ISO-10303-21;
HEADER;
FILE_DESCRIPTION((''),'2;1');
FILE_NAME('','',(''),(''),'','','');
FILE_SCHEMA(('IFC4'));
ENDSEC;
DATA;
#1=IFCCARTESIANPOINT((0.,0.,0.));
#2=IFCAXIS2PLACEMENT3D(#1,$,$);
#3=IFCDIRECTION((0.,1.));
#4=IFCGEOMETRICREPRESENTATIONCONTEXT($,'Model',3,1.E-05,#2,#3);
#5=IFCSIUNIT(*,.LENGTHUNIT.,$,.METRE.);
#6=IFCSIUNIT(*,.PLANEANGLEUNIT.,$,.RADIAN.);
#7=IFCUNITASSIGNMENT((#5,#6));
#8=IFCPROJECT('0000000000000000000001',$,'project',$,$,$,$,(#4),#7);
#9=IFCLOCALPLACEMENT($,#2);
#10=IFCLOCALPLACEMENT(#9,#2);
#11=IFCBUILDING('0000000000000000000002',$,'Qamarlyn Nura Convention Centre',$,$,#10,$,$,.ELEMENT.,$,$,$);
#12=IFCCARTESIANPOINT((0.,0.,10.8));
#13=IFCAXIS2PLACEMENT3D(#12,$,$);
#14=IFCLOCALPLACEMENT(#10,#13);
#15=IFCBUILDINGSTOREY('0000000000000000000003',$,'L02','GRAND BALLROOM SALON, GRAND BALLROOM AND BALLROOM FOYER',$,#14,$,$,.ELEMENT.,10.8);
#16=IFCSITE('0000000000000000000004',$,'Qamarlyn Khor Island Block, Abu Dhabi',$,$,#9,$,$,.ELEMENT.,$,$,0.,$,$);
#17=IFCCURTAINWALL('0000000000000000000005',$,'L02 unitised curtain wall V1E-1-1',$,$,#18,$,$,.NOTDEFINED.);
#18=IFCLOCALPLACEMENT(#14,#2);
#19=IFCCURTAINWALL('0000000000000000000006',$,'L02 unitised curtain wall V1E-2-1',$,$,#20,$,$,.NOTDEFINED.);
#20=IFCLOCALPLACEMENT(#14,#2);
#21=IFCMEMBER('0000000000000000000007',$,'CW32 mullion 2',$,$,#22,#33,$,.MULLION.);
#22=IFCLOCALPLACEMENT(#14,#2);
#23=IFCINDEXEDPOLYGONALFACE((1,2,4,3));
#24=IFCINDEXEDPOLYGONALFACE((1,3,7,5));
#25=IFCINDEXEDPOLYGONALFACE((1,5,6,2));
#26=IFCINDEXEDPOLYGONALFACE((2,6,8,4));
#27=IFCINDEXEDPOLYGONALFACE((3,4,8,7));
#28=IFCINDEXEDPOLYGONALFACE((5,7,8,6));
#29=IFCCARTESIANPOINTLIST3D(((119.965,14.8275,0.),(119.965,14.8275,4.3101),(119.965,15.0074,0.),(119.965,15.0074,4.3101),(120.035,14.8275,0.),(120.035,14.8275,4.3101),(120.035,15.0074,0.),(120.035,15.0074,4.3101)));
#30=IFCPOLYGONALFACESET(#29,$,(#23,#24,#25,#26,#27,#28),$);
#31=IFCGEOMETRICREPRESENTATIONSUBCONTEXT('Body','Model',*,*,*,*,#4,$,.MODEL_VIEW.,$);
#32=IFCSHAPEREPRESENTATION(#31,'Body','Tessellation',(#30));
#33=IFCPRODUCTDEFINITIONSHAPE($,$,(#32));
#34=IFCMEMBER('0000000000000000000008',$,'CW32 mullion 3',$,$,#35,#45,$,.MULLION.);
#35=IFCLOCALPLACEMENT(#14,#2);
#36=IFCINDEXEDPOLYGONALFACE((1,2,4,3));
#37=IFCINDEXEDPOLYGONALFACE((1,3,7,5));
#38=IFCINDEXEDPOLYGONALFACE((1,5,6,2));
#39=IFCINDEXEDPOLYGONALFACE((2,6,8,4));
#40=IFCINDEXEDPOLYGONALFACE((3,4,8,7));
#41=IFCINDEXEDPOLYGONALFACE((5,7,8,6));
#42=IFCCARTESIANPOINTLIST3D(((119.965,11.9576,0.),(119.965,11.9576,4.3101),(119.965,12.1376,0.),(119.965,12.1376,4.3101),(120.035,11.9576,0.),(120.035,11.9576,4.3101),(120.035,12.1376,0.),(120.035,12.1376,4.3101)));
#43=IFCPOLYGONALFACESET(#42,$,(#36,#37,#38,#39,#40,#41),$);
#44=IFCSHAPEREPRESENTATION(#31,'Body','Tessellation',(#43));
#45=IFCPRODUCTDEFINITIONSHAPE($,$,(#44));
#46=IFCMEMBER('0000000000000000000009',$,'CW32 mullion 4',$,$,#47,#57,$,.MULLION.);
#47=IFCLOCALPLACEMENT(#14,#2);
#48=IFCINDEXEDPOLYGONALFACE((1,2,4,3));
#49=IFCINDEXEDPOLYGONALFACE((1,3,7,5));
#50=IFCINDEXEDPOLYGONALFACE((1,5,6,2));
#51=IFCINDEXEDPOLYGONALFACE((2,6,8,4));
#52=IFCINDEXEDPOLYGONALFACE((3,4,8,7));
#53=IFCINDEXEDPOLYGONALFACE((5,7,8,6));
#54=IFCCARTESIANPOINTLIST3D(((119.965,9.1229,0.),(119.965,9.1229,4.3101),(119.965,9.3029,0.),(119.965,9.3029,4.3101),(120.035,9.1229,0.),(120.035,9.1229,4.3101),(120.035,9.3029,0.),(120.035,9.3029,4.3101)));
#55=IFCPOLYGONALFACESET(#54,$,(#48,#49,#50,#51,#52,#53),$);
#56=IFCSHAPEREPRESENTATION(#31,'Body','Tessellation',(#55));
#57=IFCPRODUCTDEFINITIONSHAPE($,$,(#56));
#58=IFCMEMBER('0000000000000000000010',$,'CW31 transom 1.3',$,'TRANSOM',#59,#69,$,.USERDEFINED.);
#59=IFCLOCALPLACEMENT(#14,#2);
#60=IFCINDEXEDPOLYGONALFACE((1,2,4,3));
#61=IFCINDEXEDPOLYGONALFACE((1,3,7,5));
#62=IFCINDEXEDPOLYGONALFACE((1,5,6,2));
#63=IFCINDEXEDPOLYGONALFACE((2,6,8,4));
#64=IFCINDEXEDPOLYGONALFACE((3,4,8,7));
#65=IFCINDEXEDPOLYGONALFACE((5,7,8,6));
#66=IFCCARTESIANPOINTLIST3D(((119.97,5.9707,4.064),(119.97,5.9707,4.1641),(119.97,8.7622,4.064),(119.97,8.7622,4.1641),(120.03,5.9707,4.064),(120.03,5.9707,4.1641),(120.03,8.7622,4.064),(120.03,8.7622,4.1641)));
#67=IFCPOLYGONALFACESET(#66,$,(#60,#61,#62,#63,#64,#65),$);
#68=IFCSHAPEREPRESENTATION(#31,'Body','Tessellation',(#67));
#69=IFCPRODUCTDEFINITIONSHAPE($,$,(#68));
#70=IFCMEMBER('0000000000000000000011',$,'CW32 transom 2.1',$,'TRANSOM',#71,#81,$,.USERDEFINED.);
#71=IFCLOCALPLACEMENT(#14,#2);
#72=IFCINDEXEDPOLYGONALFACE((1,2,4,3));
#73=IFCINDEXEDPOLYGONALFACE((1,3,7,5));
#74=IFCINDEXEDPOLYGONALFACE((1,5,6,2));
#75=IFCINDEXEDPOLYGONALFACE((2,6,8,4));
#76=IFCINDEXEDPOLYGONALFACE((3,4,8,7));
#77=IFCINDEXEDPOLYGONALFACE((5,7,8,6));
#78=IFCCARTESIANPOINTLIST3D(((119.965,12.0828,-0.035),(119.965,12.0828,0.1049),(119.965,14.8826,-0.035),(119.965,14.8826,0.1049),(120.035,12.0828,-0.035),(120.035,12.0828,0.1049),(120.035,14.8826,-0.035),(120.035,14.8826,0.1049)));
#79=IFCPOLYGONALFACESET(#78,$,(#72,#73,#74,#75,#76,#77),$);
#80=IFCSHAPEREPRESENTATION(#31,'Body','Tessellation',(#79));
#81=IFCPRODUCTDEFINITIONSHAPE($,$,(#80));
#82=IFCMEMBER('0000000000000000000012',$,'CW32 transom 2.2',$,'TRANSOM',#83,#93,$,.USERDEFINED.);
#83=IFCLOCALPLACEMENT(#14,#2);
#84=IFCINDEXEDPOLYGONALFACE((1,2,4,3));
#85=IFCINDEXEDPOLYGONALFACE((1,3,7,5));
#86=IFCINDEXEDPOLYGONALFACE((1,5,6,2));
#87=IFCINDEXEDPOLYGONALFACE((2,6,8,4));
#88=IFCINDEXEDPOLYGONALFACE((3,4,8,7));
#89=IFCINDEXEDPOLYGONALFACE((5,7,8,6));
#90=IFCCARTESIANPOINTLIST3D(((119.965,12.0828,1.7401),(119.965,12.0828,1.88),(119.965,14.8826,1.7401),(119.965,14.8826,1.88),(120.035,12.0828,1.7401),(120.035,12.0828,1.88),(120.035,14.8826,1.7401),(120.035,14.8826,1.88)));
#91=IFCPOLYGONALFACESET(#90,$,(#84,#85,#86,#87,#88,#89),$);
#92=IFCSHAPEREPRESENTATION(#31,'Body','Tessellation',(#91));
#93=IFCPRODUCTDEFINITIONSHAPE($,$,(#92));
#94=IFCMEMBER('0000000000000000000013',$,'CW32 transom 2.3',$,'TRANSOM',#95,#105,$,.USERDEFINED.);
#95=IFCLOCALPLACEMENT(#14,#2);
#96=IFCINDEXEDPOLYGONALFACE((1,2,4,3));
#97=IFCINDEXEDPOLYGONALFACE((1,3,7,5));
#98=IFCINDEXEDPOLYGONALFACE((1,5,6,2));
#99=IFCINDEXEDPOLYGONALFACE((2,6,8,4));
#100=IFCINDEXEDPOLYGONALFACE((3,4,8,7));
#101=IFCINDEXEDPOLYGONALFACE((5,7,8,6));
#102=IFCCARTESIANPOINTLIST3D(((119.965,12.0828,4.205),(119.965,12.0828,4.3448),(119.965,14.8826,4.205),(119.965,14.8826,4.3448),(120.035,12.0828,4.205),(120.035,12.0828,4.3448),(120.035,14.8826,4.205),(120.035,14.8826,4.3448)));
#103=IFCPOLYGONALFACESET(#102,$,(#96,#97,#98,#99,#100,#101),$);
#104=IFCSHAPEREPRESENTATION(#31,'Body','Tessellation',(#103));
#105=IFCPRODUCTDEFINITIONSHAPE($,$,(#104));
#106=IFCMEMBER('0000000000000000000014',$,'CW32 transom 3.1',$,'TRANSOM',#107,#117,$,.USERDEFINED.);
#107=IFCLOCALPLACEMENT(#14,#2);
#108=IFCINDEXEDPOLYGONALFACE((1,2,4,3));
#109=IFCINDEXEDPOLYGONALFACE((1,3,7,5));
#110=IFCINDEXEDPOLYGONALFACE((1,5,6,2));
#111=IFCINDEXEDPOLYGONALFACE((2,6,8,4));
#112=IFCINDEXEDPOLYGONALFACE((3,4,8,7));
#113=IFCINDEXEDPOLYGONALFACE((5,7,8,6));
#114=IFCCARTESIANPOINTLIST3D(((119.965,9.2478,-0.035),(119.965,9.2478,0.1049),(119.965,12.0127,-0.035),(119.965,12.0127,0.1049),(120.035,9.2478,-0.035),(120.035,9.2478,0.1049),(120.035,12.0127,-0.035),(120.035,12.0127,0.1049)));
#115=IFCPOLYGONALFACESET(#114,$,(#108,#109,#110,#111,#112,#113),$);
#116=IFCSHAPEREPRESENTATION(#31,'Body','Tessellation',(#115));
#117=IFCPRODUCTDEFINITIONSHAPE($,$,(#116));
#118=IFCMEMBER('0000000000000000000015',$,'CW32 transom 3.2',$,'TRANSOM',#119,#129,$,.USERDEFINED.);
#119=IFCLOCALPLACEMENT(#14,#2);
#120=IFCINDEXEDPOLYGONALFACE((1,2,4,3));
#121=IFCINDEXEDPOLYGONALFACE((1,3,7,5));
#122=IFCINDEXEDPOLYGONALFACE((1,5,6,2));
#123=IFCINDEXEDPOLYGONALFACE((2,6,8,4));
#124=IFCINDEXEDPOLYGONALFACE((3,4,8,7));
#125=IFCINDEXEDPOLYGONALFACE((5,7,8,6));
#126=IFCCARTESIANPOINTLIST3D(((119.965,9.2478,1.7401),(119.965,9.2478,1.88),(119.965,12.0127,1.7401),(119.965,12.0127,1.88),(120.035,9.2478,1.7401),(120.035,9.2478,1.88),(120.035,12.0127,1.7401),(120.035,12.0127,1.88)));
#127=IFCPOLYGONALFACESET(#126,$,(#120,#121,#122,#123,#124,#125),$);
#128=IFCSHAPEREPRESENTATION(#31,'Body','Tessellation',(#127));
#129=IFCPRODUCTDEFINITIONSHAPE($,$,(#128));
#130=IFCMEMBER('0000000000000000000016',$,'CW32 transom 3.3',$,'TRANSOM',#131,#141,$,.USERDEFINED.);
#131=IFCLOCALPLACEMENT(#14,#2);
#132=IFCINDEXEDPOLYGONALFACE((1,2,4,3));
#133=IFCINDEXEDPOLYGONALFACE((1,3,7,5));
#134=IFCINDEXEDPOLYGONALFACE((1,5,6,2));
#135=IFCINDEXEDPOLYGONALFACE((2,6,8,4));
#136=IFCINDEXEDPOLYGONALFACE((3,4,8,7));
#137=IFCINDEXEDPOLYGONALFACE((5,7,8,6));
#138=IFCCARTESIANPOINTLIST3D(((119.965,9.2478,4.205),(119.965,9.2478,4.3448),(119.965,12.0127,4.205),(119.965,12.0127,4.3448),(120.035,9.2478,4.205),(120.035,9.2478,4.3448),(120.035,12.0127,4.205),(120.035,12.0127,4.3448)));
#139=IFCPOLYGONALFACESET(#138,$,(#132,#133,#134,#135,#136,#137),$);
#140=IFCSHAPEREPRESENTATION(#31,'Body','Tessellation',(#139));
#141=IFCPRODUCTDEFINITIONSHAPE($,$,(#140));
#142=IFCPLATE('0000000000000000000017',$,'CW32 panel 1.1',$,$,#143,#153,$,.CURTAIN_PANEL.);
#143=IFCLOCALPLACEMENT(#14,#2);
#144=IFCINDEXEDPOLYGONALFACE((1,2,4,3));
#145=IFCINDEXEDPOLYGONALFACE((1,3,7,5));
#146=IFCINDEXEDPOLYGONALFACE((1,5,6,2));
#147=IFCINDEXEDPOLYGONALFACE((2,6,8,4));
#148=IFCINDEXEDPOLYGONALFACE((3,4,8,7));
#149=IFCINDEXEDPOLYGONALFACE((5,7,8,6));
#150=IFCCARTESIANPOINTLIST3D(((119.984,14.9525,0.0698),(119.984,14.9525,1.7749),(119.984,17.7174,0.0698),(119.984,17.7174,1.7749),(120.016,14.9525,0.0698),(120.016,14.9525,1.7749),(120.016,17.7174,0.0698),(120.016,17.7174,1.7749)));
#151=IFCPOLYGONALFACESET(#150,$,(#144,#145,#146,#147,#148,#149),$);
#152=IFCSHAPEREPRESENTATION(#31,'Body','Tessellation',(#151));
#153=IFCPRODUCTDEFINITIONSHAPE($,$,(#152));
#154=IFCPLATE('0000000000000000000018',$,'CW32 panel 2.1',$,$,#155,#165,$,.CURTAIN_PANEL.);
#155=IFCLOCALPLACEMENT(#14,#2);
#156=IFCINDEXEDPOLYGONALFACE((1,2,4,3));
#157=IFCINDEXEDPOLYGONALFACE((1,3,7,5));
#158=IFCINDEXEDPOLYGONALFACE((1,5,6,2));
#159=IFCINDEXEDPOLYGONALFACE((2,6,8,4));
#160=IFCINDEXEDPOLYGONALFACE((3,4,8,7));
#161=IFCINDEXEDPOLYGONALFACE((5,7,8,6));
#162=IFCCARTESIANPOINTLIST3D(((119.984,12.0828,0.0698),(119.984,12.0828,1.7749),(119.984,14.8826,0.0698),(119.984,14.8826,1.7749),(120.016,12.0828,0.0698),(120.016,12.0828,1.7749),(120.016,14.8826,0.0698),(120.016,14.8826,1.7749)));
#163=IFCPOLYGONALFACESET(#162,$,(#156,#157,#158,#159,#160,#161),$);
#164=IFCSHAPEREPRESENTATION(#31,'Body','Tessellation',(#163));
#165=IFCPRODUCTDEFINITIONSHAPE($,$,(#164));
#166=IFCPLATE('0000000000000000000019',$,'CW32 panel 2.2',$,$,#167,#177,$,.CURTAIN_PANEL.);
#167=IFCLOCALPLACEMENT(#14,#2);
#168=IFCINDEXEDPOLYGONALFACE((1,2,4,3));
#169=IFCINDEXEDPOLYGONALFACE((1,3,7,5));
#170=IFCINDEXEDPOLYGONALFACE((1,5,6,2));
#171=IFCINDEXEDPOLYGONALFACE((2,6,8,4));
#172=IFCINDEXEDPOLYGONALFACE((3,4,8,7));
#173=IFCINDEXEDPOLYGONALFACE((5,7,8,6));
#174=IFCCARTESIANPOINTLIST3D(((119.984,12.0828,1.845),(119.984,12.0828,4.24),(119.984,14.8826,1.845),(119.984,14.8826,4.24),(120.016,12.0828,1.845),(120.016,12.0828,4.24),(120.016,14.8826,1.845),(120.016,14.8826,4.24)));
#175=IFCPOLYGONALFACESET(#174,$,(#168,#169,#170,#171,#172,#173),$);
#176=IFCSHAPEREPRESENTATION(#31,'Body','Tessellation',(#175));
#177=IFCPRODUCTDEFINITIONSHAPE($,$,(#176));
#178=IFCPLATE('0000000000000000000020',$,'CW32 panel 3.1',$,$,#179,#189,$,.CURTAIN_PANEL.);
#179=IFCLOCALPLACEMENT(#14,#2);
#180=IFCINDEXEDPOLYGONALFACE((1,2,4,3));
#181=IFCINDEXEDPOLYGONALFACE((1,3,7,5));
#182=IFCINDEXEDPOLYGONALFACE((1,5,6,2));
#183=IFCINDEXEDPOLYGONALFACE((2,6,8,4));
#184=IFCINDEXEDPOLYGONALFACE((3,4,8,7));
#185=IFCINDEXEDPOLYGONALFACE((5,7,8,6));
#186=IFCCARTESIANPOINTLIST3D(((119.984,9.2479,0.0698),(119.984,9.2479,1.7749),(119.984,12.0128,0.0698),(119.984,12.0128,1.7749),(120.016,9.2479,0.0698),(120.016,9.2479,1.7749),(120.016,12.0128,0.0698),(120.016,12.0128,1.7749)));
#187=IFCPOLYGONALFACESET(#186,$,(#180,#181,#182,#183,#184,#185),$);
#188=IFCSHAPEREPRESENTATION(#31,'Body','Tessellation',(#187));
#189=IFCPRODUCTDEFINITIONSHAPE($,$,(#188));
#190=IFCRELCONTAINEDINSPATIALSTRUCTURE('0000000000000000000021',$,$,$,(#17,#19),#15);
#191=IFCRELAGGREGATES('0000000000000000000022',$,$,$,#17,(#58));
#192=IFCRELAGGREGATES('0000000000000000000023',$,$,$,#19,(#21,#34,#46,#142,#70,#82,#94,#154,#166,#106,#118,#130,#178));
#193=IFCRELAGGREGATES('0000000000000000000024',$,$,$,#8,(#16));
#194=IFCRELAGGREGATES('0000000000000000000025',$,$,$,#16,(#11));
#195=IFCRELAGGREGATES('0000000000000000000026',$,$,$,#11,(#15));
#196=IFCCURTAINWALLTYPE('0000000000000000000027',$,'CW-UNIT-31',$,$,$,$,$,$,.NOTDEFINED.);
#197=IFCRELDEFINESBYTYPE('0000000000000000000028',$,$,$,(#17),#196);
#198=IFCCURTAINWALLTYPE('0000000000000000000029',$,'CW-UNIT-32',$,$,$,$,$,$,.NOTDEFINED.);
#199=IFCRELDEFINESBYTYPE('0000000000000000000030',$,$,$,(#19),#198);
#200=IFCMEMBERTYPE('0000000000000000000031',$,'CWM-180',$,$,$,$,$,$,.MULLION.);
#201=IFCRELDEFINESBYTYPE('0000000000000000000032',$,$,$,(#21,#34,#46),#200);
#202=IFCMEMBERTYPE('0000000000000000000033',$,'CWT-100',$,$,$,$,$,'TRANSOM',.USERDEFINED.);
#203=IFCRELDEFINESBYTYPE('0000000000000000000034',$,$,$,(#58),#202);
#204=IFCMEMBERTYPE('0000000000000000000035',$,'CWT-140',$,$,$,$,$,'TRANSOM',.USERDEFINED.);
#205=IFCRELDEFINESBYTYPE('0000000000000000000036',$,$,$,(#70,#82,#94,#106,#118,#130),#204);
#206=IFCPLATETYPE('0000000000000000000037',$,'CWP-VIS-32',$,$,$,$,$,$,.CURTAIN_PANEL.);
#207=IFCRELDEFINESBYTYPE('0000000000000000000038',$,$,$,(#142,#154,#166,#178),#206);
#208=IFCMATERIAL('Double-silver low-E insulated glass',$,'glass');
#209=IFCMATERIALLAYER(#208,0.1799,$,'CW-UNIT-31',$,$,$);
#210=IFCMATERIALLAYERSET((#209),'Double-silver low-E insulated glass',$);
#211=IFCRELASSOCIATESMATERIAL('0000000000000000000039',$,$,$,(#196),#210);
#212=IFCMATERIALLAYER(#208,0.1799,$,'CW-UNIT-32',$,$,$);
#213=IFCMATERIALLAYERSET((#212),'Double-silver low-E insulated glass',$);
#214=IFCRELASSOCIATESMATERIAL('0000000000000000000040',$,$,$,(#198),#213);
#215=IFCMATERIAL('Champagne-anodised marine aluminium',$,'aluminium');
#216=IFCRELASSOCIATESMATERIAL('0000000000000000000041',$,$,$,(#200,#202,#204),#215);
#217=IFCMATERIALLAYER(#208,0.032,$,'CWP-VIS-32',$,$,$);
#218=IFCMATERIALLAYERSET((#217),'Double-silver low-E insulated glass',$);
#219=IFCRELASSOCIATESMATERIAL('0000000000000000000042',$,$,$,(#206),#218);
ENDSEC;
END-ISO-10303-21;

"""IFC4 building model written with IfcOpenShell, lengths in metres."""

from ifc_helpers import new_model, si_unit, direction, frame, origin, origin_2d, place, context, subcontext, project, spatial, rectangle, extrude, material, layer, layer_set, material_profile, profile_set, type_object, element, aggregate, save


model = new_model("IFC4")

# Units and contexts
model_context = context("Model", 3, precision=1e-05, world=origin(), true_north=direction((0.0, 1.0)))
body_context = subcontext(model_context, "Body", "Model", "MODEL_VIEW")
ifc_project = project(units=[si_unit("LENGTHUNIT", "METRE"), si_unit("PLANEANGLEUNIT", "RADIAN")], contexts=[model_context])

# Site, building, storey
site_placement = place(None, origin())
site = spatial("IfcSite", under=ifc_project, at=site_placement, Name="Qamarlyn Khor Island Block, Abu Dhabi", CompositionType="ELEMENT", RefElevation=0.0)
building_placement = place(site_placement, origin())
building = spatial("IfcBuilding", under=site, at=building_placement, Name="Qamarlyn Nura Convention Centre", CompositionType="ELEMENT")
storey_placement = place(building_placement, frame((0.0, 0.0, 10.8)))
storey = spatial("IfcBuildingStorey", under=building, at=storey_placement, Name="L02", Description="GRAND BALLROOM SALON, GRAND BALLROOM AND BALLROOM FOYER", CompositionType="ELEMENT", Elevation=10.8)

# Curtain wall
ifc_material_1 = material(Name="Double-silver low-E insulated glass", Category="glass")
ifc_layer_1 = layer(ifc_material_1, 0.1799, Name="CW-UNIT-31")
ifc_layer_set_1 = layer_set([ifc_layer_1], Name="Double-silver low-E insulated glass")
curtain_wall_type_1 = type_object("IfcCurtainWallType", Name="CW-UNIT-31", PredefinedType="NOTDEFINED", material=ifc_layer_set_1)
curtain_wall_1_placement = place(storey_placement, origin())
curtain_wall_1 = element("IfcCurtainWall", 1, at=curtain_wall_1_placement, inside=storey, type_object=curtain_wall_type_1, Name="L02 unitised curtain wall V1E-1-1", PredefinedType="NOTDEFINED")
ifc_material_2 = material(Name="Champagne-anodised marine aluminium", Category="aluminium")

# Curtain wall, members
ifc_layer_2 = layer(ifc_material_1, 0.1799, Name="CW-UNIT-32")
ifc_layer_set_2 = layer_set([ifc_layer_2], Name="Double-silver low-E insulated glass")
curtain_wall_type_2 = type_object("IfcCurtainWallType", Name="CW-UNIT-32", PredefinedType="NOTDEFINED", material=ifc_layer_set_2)
curtain_wall_2_placement = place(storey_placement, origin())
curtain_wall_2 = element("IfcCurtainWall", 2, at=curtain_wall_2_placement, inside=storey, type_object=curtain_wall_type_2, Name="L02 unitised curtain wall V1E-2-1", PredefinedType="NOTDEFINED")
ifc_material_profile_1 = material_profile(ifc_material_2, rectangle(XDim=0.0701, YDim=0.1799, at=origin_2d()), Name="ALU MULLION 70x180")
ifc_profile_set_1 = profile_set([ifc_material_profile_1], Name="Champagne-anodised marine aluminium")
member_type_1 = type_object("IfcMemberType", Name="CWM-180", PredefinedType="MULLION", material=ifc_profile_set_1)
member_1_placement = place(storey_placement, frame((120.0, 14.9175, 0.0), z_axis=(0.0, 0.0, 1.0), x_axis=(1.0, 0.0, 0.0)))
member_1 = element("IfcMember", 3, at=member_1_placement, type_object=member_type_1, Name="CW32 mullion 2", PredefinedType="MULLION", context=body_context, shape_type="SweptSolid", body=[
    extrude(rectangle(XDim=0.0701, YDim=0.1799, at=origin_2d()), origin(), (0.0, 0.0, 1.0), 4.3101),
])
member_2_placement = place(storey_placement, frame((120.0, 12.0476, 0.0), z_axis=(0.0, 0.0, 1.0), x_axis=(1.0, 0.0, 0.0)))
member_2 = element("IfcMember", 4, at=member_2_placement, type_object=member_type_1, Name="CW32 mullion 3", PredefinedType="MULLION", context=body_context, shape_type="SweptSolid", body=[
    extrude(rectangle(XDim=0.0701, YDim=0.1799, at=origin_2d()), origin(), (0.0, 0.0, 1.0), 4.3101),
])
member_3_placement = place(storey_placement, frame((120.0, 9.2129, 0.0), z_axis=(0.0, 0.0, 1.0), x_axis=(1.0, 0.0, 0.0)))
member_3 = element("IfcMember", 5, at=member_3_placement, type_object=member_type_1, Name="CW32 mullion 4", PredefinedType="MULLION", context=body_context, shape_type="SweptSolid", body=[
    extrude(rectangle(XDim=0.0701, YDim=0.1799, at=origin_2d()), origin(), (0.0, 0.0, 1.0), 4.3101),
])

# Members
ifc_material_profile_2 = material_profile(ifc_material_2, rectangle(XDim=0.0601, YDim=0.1001, at=origin_2d()), Name="ALU TRANSOM 60x100")
ifc_profile_set_2 = profile_set([ifc_material_profile_2], Name="Champagne-anodised marine aluminium")
member_type_2 = type_object("IfcMemberType", Name="CWT-100", ElementType="TRANSOM", PredefinedType="USERDEFINED", material=ifc_profile_set_2)
member_4_placement = place(storey_placement, frame((120.0, 8.7622, 4.114), z_axis=(0.0, -1.0, 0.0), x_axis=(1.0, 0.0, 0.0)))
member_4 = element("IfcMember", 6, at=member_4_placement, type_object=member_type_2, Name="CW31 transom 1.3", ObjectType="TRANSOM", PredefinedType="USERDEFINED", context=body_context, shape_type="SweptSolid", body=[
    extrude(rectangle(XDim=0.0601, YDim=0.1001, at=origin_2d()), origin(), (0.0, 0.0, 1.0), 2.7915),
])
aggregate(curtain_wall_1, [member_4])
ifc_material_profile_3 = material_profile(ifc_material_2, rectangle(XDim=0.0701, YDim=0.1399, at=origin_2d()), Name="ALU TRANSOM 70x140")
ifc_profile_set_3 = profile_set([ifc_material_profile_3], Name="Champagne-anodised marine aluminium")
member_type_3 = type_object("IfcMemberType", Name="CWT-140", ElementType="TRANSOM", PredefinedType="USERDEFINED", material=ifc_profile_set_3)
member_5_placement = place(storey_placement, frame((120.0, 14.8826, 0.0349), z_axis=(0.0, -1.0, 0.0), x_axis=(1.0, 0.0, 0.0)))
member_5 = element("IfcMember", 7, at=member_5_placement, type_object=member_type_3, Name="CW32 transom 2.1", ObjectType="TRANSOM", PredefinedType="USERDEFINED", context=body_context, shape_type="SweptSolid", body=[
    extrude(rectangle(XDim=0.0701, YDim=0.1399, at=origin_2d()), origin(), (0.0, 0.0, 1.0), 2.7998),
])
member_6_placement = place(storey_placement, frame((120.0, 14.8826, 1.8101), z_axis=(0.0, -1.0, 0.0), x_axis=(1.0, 0.0, 0.0)))
member_6 = element("IfcMember", 8, at=member_6_placement, type_object=member_type_3, Name="CW32 transom 2.2", ObjectType="TRANSOM", PredefinedType="USERDEFINED", context=body_context, shape_type="SweptSolid", body=[
    extrude(rectangle(XDim=0.0701, YDim=0.1399, at=origin_2d()), origin(), (0.0, 0.0, 1.0), 2.7998),
])
member_7_placement = place(storey_placement, frame((120.0, 14.8826, 4.2749), z_axis=(0.0, -1.0, 0.0), x_axis=(1.0, 0.0, 0.0)))
member_7 = element("IfcMember", 9, at=member_7_placement, type_object=member_type_3, Name="CW32 transom 2.3", ObjectType="TRANSOM", PredefinedType="USERDEFINED", context=body_context, shape_type="SweptSolid", body=[
    extrude(rectangle(XDim=0.0701, YDim=0.1399, at=origin_2d()), origin(), (0.0, 0.0, 1.0), 2.7998),
])
member_8_placement = place(storey_placement, frame((120.0, 12.0127, 0.0349), z_axis=(0.0, -1.0, 0.0), x_axis=(1.0, 0.0, 0.0)))
member_8 = element("IfcMember", 10, at=member_8_placement, type_object=member_type_3, Name="CW32 transom 3.1", ObjectType="TRANSOM", PredefinedType="USERDEFINED", context=body_context, shape_type="SweptSolid", body=[
    extrude(rectangle(XDim=0.0701, YDim=0.1399, at=origin_2d()), origin(), (0.0, 0.0, 1.0), 2.7649),
])
member_9_placement = place(storey_placement, frame((120.0, 12.0127, 1.8101), z_axis=(0.0, -1.0, 0.0), x_axis=(1.0, 0.0, 0.0)))
member_9 = element("IfcMember", 11, at=member_9_placement, type_object=member_type_3, Name="CW32 transom 3.2", ObjectType="TRANSOM", PredefinedType="USERDEFINED", context=body_context, shape_type="SweptSolid", body=[
    extrude(rectangle(XDim=0.0701, YDim=0.1399, at=origin_2d()), origin(), (0.0, 0.0, 1.0), 2.7649),
])
member_10_placement = place(storey_placement, frame((120.0, 12.0127, 4.2749), z_axis=(0.0, -1.0, 0.0), x_axis=(1.0, 0.0, 0.0)))
member_10 = element("IfcMember", 12, at=member_10_placement, type_object=member_type_3, Name="CW32 transom 3.3", ObjectType="TRANSOM", PredefinedType="USERDEFINED", context=body_context, shape_type="SweptSolid", body=[
    extrude(rectangle(XDim=0.0701, YDim=0.1399, at=origin_2d()), origin(), (0.0, 0.0, 1.0), 2.7649),
])

# Plates
ifc_layer_3 = layer(ifc_material_1, 0.032, Name="CWP-VIS-32")
ifc_layer_set_3 = layer_set([ifc_layer_3], Name="Double-silver low-E insulated glass")
plate_type = type_object("IfcPlateType", Name="CWP-VIS-32", PredefinedType="CURTAIN_PANEL", material=ifc_layer_set_3)
plate_1_placement = place(storey_placement, frame((120.0, 16.335, 0.0698), z_axis=(0.0, 0.0, 1.0), x_axis=(0.0, -1.0, 0.0)))
plate_1 = element("IfcPlate", 13, at=plate_1_placement, type_object=plate_type, Name="CW32 panel 1.1", PredefinedType="CURTAIN_PANEL", context=body_context, shape_type="SweptSolid", body=[
    extrude(rectangle(XDim=2.7649, YDim=0.032, at=origin_2d()), origin(), (0.0, 0.0, 1.0), 1.7051),
])
plate_2_placement = place(storey_placement, frame((120.0, 13.4827, 0.0698), z_axis=(0.0, 0.0, 1.0), x_axis=(0.0, -1.0, 0.0)))
plate_2 = element("IfcPlate", 14, at=plate_2_placement, type_object=plate_type, Name="CW32 panel 2.1", PredefinedType="CURTAIN_PANEL", context=body_context, shape_type="SweptSolid", body=[
    extrude(rectangle(XDim=2.7998, YDim=0.032, at=origin_2d()), origin(), (0.0, 0.0, 1.0), 1.7051),
])
plate_3_placement = place(storey_placement, frame((120.0, 13.4827, 1.845), z_axis=(0.0, 0.0, 1.0), x_axis=(0.0, -1.0, 0.0)))
plate_3 = element("IfcPlate", 15, at=plate_3_placement, type_object=plate_type, Name="CW32 panel 2.2", PredefinedType="CURTAIN_PANEL", context=body_context, shape_type="SweptSolid", body=[
    extrude(rectangle(XDim=2.7998, YDim=0.032, at=origin_2d()), origin(), (0.0, 0.0, 1.0), 2.395),
])
plate_4_placement = place(storey_placement, frame((120.0, 10.6304, 0.0698), z_axis=(0.0, 0.0, 1.0), x_axis=(0.0, -1.0, 0.0)))
plate_4 = element("IfcPlate", 16, at=plate_4_placement, type_object=plate_type, Name="CW32 panel 3.1", PredefinedType="CURTAIN_PANEL", context=body_context, shape_type="SweptSolid", body=[
    extrude(rectangle(XDim=2.7649, YDim=0.032, at=origin_2d()), origin(), (0.0, 0.0, 1.0), 1.7051),
])
aggregate(curtain_wall_2, [member_1, member_2, member_3, plate_1, member_5, member_6, member_7, plate_2, plate_3, member_8, member_9, member_10, plate_4])

save(model, "model.ifc")
